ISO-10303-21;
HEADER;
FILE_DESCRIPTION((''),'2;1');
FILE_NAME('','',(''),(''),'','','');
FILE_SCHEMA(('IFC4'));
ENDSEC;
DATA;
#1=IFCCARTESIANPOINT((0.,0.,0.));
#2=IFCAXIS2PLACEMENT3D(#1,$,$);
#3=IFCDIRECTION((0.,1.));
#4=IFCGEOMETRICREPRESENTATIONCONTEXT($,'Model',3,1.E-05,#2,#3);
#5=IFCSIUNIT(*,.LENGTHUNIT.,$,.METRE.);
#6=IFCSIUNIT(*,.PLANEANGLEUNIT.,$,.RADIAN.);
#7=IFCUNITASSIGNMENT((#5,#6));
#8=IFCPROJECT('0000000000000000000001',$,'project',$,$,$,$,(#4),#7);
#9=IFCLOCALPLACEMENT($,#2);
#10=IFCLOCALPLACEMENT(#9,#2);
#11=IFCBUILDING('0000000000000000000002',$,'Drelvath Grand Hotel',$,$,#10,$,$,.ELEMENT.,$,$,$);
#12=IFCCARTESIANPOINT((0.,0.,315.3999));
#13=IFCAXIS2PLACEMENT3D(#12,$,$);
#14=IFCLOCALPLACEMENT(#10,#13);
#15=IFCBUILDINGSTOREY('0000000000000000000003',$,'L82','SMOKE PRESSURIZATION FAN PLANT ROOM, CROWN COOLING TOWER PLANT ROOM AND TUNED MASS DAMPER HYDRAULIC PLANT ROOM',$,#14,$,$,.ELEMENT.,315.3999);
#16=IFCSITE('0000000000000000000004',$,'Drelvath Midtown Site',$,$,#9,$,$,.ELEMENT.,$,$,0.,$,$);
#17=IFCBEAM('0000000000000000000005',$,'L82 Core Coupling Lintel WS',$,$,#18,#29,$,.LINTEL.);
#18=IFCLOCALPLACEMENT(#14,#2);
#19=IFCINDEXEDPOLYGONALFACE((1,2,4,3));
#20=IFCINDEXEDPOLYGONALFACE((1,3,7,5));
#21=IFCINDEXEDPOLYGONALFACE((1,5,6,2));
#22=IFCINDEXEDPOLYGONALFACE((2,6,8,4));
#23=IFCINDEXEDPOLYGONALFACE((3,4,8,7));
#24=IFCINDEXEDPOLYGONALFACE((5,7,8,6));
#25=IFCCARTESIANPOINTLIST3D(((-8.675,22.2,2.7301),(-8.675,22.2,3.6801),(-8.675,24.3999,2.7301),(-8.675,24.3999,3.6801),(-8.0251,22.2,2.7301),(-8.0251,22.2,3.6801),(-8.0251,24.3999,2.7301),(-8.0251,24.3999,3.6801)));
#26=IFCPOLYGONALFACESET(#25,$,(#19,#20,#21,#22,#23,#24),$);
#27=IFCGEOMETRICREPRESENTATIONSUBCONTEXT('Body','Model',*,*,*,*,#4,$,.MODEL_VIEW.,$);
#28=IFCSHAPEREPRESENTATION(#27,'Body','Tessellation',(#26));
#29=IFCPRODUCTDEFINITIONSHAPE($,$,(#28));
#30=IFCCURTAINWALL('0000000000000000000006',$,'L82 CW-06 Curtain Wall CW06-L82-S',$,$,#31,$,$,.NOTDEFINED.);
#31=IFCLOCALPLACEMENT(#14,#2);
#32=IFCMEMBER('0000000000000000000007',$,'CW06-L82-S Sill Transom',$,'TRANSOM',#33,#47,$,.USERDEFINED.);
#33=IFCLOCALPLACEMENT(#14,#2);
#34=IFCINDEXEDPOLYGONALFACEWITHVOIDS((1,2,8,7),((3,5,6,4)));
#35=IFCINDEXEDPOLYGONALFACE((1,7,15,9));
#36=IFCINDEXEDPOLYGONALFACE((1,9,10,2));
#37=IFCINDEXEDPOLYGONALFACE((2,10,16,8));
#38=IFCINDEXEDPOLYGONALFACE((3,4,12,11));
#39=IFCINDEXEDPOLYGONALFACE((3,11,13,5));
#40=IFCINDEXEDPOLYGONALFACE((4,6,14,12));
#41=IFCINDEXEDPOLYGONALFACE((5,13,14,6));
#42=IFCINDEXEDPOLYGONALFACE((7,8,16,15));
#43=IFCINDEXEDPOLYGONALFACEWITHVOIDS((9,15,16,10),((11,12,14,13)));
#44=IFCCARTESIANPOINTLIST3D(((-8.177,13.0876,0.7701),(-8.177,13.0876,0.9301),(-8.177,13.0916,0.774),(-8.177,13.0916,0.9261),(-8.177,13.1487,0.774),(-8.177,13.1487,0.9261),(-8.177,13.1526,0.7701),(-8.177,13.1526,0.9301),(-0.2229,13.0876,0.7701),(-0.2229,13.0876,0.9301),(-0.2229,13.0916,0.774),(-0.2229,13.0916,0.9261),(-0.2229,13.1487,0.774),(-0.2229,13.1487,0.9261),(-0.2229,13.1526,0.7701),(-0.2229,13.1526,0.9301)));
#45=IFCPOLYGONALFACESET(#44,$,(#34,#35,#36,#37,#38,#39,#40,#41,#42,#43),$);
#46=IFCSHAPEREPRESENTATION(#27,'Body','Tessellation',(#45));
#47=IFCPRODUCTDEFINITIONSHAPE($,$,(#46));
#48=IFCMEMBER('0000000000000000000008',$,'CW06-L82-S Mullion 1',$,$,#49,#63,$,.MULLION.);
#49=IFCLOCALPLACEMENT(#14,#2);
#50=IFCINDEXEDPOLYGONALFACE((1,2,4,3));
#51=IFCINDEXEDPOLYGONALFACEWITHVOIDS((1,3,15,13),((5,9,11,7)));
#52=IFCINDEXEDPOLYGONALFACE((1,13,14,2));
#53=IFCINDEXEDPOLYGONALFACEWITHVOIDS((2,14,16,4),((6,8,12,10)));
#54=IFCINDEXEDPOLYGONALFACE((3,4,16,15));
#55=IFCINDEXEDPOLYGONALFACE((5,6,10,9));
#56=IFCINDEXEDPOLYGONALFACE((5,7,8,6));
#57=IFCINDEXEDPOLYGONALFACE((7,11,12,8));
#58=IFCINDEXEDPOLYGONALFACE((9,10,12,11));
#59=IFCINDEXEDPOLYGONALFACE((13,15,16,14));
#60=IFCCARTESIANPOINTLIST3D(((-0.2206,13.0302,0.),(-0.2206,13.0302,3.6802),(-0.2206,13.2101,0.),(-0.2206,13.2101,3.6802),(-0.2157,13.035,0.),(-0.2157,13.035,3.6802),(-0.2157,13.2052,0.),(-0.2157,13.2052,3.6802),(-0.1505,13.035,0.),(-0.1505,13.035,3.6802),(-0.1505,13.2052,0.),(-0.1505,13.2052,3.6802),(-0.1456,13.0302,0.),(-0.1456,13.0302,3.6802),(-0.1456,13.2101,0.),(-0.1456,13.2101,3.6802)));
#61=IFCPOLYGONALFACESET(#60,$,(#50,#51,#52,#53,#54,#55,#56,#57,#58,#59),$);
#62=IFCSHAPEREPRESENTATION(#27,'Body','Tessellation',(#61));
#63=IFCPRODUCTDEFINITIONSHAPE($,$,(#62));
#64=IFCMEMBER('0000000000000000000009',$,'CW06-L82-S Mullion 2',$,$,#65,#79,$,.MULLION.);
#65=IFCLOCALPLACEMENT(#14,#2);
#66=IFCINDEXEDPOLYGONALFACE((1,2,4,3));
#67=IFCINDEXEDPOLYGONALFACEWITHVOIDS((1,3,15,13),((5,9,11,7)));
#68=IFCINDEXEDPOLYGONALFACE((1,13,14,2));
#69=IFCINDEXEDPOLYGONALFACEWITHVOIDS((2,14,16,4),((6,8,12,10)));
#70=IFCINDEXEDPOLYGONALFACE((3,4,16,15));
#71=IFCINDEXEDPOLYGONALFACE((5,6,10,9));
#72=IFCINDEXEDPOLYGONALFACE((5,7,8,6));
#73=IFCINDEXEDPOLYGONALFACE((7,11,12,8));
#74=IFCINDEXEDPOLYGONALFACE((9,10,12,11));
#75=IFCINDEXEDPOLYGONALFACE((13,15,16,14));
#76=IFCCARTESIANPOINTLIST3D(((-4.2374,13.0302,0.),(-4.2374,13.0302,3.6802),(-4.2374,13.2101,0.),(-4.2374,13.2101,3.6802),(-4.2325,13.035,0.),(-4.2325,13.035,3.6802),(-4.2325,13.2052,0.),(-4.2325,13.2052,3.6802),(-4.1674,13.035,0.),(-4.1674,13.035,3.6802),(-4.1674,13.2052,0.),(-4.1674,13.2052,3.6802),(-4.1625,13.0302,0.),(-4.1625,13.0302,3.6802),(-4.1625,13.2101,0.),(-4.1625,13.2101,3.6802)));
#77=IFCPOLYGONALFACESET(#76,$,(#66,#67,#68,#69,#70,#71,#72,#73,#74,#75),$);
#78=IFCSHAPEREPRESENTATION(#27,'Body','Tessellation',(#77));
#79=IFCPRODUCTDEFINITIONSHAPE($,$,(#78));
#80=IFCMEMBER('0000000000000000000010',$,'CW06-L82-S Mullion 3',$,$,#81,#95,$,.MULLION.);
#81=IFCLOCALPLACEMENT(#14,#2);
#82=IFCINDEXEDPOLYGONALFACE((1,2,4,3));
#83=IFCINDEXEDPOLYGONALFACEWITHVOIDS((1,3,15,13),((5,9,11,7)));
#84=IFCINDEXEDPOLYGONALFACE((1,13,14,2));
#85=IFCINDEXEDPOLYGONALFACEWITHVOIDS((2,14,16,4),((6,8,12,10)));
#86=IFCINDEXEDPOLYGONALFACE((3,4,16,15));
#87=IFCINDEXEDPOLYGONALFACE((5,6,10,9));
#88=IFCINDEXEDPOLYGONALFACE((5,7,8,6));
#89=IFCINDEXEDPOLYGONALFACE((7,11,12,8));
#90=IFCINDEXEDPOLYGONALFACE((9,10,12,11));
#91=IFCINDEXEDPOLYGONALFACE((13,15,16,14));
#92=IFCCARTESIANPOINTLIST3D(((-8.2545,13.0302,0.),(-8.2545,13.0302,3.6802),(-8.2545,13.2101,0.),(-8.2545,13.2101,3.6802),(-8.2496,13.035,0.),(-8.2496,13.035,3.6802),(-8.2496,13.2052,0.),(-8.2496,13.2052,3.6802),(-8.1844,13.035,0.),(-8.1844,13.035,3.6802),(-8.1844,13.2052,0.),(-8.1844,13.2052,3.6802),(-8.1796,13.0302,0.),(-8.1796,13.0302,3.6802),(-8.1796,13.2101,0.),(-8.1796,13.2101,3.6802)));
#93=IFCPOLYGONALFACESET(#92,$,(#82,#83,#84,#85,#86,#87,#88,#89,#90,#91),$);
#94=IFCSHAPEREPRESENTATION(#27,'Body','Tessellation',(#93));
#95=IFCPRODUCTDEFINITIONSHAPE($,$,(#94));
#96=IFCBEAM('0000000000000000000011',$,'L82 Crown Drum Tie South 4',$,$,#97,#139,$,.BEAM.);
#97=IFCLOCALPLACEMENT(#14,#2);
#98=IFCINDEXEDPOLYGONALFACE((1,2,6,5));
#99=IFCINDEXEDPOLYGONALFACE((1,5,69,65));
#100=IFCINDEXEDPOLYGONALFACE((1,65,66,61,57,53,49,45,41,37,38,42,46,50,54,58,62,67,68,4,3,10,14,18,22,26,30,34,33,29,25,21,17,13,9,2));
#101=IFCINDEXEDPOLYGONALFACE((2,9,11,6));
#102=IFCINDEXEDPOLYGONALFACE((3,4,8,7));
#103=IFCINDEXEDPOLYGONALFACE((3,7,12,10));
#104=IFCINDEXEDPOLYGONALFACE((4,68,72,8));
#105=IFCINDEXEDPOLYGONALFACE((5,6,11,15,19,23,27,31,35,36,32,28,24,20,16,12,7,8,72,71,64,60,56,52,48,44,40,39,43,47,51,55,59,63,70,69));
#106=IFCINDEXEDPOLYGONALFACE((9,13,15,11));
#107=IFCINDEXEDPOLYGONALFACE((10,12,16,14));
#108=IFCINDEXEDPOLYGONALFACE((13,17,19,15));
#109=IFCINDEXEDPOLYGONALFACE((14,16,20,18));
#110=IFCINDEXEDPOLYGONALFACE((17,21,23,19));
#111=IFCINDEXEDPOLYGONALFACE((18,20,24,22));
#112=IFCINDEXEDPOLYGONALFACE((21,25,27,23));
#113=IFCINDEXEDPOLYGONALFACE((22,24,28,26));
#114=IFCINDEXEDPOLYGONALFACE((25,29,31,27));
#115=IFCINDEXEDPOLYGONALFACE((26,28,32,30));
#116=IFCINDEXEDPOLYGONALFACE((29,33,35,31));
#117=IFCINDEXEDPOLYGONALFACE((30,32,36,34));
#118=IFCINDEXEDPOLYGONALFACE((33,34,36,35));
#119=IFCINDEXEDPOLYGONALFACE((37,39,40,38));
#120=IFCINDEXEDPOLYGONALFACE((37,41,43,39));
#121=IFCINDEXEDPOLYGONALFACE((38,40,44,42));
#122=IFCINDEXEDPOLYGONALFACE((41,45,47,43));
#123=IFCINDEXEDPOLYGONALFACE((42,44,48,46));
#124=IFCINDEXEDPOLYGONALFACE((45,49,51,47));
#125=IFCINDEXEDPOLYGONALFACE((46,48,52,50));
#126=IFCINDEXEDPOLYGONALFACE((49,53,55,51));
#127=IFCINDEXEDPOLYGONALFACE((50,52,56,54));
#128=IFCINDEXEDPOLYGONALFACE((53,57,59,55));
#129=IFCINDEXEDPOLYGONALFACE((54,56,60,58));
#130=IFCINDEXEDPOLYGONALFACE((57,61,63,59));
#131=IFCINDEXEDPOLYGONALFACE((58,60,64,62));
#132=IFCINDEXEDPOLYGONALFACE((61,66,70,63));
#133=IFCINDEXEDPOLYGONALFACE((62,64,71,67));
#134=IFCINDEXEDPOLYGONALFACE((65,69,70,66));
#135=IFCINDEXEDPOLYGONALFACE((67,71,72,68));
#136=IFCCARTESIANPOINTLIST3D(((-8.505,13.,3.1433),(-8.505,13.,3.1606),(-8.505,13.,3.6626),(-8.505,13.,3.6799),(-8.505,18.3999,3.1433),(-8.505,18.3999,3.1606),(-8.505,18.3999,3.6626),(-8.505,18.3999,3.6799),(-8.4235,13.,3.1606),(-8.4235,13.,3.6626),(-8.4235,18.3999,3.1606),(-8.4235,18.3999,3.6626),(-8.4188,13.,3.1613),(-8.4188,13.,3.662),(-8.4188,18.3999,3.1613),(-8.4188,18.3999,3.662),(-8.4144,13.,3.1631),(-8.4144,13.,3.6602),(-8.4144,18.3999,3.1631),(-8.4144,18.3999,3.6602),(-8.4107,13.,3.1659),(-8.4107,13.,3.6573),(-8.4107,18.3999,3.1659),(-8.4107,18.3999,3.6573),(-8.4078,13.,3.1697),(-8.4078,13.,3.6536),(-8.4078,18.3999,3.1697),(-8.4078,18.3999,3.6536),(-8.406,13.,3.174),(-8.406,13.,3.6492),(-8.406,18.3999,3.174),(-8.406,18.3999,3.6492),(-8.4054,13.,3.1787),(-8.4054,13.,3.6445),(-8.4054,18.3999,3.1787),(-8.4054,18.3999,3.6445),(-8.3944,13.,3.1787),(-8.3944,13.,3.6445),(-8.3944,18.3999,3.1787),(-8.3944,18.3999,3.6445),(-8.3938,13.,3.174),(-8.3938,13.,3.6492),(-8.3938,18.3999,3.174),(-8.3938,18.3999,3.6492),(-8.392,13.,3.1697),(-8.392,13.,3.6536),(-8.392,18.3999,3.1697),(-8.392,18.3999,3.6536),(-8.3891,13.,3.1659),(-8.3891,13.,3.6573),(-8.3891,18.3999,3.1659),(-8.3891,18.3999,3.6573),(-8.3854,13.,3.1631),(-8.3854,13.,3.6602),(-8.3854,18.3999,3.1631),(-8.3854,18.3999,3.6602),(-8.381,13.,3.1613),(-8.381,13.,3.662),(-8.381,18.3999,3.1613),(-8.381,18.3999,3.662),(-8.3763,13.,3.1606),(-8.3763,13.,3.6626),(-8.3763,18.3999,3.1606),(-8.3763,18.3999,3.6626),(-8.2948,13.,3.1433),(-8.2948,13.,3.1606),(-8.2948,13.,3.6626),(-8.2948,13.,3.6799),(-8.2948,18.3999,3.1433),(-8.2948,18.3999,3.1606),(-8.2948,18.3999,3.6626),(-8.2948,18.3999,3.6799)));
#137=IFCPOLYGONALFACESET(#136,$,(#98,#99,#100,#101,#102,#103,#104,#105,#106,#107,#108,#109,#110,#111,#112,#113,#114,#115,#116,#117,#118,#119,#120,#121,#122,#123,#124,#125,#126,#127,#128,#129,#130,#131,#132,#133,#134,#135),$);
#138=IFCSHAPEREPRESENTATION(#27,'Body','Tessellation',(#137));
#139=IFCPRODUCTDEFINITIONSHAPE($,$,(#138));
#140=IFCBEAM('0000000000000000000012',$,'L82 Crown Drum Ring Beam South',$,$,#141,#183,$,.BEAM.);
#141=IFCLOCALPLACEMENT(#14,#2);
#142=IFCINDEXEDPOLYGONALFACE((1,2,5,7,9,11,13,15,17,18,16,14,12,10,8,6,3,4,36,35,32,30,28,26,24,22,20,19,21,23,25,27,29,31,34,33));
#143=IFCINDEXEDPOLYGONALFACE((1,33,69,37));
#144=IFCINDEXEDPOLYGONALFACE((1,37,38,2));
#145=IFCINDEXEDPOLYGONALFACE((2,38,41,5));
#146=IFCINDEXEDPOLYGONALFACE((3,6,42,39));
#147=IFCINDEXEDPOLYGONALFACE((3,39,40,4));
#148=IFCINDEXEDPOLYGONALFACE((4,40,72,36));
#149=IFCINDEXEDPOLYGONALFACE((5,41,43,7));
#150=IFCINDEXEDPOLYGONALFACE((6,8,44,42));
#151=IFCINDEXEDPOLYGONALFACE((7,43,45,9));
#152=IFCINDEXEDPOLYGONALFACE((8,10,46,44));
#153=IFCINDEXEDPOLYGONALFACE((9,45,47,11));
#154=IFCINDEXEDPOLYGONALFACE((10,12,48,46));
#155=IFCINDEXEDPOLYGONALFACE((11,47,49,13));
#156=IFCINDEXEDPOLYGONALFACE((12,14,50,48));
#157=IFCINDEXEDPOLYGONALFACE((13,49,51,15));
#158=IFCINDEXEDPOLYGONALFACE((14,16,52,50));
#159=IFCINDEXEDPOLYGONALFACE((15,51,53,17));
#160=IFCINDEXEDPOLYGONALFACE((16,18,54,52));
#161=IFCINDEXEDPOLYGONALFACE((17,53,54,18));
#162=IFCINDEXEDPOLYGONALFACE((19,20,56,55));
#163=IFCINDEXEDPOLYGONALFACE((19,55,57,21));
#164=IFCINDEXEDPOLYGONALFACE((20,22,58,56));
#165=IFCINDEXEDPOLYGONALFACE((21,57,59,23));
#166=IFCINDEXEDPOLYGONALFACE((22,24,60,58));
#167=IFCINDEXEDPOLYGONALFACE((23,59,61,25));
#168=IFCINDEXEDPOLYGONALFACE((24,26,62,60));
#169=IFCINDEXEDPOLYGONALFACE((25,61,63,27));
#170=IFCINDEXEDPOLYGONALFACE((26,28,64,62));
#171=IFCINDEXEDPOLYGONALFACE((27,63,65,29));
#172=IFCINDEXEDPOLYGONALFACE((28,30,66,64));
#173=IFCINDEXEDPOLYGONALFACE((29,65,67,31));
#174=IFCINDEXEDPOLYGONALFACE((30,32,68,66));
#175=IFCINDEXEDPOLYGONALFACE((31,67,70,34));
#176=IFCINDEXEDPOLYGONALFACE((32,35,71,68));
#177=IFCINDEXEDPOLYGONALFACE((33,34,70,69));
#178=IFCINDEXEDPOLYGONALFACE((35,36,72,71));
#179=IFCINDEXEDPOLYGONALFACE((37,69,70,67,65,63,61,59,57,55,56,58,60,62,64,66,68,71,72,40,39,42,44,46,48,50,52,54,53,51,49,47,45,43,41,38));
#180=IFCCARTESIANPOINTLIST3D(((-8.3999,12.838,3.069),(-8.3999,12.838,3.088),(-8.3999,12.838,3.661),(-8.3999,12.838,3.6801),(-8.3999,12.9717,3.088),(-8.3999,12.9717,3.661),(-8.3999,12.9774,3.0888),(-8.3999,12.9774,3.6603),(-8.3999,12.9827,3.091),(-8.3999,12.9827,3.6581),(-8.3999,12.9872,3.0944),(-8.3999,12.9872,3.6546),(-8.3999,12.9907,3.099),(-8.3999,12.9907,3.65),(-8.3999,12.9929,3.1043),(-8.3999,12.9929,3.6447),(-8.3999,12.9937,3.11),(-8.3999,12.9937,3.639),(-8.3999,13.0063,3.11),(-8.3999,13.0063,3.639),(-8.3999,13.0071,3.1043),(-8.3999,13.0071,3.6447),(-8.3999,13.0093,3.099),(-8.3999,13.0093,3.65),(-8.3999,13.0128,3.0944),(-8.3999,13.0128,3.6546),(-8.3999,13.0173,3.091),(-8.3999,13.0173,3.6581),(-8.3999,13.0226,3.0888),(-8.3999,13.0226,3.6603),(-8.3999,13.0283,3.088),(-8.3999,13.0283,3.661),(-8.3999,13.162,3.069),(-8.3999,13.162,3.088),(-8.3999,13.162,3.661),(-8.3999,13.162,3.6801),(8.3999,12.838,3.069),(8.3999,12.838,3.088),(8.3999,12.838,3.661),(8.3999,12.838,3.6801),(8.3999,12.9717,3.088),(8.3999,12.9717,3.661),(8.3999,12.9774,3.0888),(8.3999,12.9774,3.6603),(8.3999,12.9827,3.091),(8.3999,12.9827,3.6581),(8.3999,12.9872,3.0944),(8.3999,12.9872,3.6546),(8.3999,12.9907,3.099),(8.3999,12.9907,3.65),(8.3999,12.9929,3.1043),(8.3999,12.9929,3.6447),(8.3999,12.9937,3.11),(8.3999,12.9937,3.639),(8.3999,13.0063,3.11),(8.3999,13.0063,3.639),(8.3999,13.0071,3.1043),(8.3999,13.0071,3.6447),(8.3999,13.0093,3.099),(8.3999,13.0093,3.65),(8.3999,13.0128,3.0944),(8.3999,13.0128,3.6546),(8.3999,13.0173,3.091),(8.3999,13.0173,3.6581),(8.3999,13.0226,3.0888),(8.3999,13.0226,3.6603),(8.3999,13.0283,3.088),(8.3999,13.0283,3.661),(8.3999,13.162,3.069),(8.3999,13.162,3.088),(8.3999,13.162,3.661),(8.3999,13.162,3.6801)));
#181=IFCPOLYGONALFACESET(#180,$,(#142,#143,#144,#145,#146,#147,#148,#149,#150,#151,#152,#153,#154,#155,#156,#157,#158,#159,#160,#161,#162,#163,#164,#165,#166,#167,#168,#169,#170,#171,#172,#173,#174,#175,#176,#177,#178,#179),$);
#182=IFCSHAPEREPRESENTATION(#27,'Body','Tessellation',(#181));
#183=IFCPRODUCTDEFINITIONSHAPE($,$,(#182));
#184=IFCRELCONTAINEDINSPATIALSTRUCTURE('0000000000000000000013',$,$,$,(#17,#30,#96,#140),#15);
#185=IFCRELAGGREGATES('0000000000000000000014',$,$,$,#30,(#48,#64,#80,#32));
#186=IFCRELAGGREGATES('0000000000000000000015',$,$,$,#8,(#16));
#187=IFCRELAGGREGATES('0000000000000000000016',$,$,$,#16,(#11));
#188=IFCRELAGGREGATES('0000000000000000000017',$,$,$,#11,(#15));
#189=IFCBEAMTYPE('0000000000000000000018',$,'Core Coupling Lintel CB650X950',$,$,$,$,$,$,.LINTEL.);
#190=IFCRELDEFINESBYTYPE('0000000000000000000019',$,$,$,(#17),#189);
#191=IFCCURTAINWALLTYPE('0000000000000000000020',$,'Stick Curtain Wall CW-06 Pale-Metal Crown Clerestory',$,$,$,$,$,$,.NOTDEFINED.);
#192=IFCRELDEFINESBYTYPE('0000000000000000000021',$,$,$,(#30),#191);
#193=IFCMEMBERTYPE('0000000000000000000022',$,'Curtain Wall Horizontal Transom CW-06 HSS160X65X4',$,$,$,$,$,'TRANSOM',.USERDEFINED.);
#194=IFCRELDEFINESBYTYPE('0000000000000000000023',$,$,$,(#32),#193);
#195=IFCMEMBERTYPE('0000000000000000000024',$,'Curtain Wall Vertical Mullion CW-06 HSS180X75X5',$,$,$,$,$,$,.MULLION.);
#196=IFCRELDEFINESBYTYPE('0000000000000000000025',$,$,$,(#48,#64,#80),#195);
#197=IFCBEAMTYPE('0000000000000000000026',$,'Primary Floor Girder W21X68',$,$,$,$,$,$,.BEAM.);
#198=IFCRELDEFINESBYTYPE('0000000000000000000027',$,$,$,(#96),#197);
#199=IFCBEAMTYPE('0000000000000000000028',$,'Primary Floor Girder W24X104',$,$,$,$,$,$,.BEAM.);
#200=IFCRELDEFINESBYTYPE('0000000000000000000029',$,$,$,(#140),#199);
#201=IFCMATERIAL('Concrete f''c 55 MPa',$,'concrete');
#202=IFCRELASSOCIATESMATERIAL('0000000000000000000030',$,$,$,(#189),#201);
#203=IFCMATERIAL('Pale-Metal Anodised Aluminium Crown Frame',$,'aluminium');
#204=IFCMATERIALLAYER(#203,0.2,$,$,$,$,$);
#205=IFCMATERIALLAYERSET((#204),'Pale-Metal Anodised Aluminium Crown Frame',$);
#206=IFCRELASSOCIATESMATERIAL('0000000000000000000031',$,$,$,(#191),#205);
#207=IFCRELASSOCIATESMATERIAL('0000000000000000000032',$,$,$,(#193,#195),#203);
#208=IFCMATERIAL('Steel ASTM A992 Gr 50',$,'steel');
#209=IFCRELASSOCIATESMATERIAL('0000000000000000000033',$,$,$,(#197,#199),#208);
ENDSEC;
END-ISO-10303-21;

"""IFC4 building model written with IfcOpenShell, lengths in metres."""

from ifc_helpers import new_model, si_unit, direction, frame, origin, origin_2d, place, context, subcontext, project, spatial, rectangle, hollow_rectangle, i_section, extrude, material, layer, layer_set, material_profile, profile_set, type_object, element, aggregate, save


model = new_model("IFC4")

# Units and contexts
model_context = context("Model", 3, precision=1e-05, world=origin(), true_north=direction((0.0, 1.0)))
body_context = subcontext(model_context, "Body", "Model", "MODEL_VIEW")
ifc_project = project(units=[si_unit("LENGTHUNIT", "METRE"), si_unit("PLANEANGLEUNIT", "RADIAN")], contexts=[model_context])

# Site, building, storey
site_placement = place(None, origin())
site = spatial("IfcSite", under=ifc_project, at=site_placement, Name="Drelvath Midtown Site", CompositionType="ELEMENT", RefElevation=0.0)
building_placement = place(site_placement, origin())
building = spatial("IfcBuilding", under=site, at=building_placement, Name="Drelvath Grand Hotel", CompositionType="ELEMENT")
storey_placement = place(building_placement, frame((0.0, 0.0, 315.3999)))
storey = spatial("IfcBuildingStorey", under=building, at=storey_placement, Name="L82", Description="SMOKE PRESSURIZATION FAN PLANT ROOM, CROWN COOLING TOWER PLANT ROOM AND TUNED MASS DAMPER HYDRAULIC PLANT ROOM", CompositionType="ELEMENT", Elevation=315.3999)

# Beam
ifc_material_1 = material(Name="Concrete f'c 55 MPa", Category="concrete")
ifc_material_profile_1 = material_profile(ifc_material_1, rectangle(XDim=0.6499, YDim=0.95, at=origin_2d()), Name="CB650X950")
ifc_profile_set_1 = profile_set([ifc_material_profile_1], Name="Concrete f'c 55 MPa")
beam_type_1 = type_object("IfcBeamType", Name="Core Coupling Lintel CB650X950", PredefinedType="LINTEL", material=ifc_profile_set_1)
beam_1_placement = place(storey_placement, frame((-8.3501, 22.2, 3.2051), z_axis=(0.0, 1.0, 0.0), x_axis=(-1.0, 0.0, 0.0)))
element("IfcBeam", 1, at=beam_1_placement, inside=storey, type_object=beam_type_1, Name="L82 Core Coupling Lintel WS", PredefinedType="LINTEL", context=body_context, shape_type="SweptSolid", body=[
    extrude(rectangle(XDim=0.6499, YDim=0.95, at=origin_2d()), origin(), (0.0, 0.0, 1.0), 2.2),
])

# Curtain wall, members
ifc_material_2 = material(Name="Pale-Metal Anodised Aluminium Crown Frame", Category="aluminium")
ifc_layer_1 = layer(ifc_material_2, 0.2)
ifc_layer_set_1 = layer_set([ifc_layer_1], Name="Pale-Metal Anodised Aluminium Crown Frame")
curtain_wall_type = type_object("IfcCurtainWallType", Name="Stick Curtain Wall CW-06 Pale-Metal Crown Clerestory", PredefinedType="NOTDEFINED", material=ifc_layer_set_1)
curtain_wall_placement = place(storey_placement, origin())
curtain_wall = element("IfcCurtainWall", 2, at=curtain_wall_placement, inside=storey, type_object=curtain_wall_type, Name="L82 CW-06 Curtain Wall CW06-L82-S", PredefinedType="NOTDEFINED")
ifc_material_profile_2 = material_profile(ifc_material_2, hollow_rectangle(XDim=0.0649, YDim=0.1599, WallThickness=0.0039, at=origin_2d()), Name="HSS160X65X4")
ifc_profile_set_2 = profile_set([ifc_material_profile_2], Name="Pale-Metal Anodised Aluminium Crown Frame")
member_type_1 = type_object("IfcMemberType", Name="Curtain Wall Horizontal Transom CW-06 HSS160X65X4", ElementType="TRANSOM", PredefinedType="USERDEFINED", material=ifc_profile_set_2)
member_1_placement = place(storey_placement, frame((-0.2229, 13.1201, 0.8501), z_axis=(-1.0, 0.0, 0.0), x_axis=(0.0, -1.0, 0.0)))
member_1 = element("IfcMember", 3, at=member_1_placement, type_object=member_type_1, Name="CW06-L82-S Sill Transom", ObjectType="TRANSOM", PredefinedType="USERDEFINED", context=body_context, shape_type="SweptSolid", body=[
    extrude(hollow_rectangle(XDim=0.0649, YDim=0.1599, WallThickness=0.0039, at=origin_2d()), origin(), (0.0, 0.0, 1.0), 7.9541),
])
ifc_material_profile_3 = material_profile(ifc_material_2, hollow_rectangle(XDim=0.075, YDim=0.1799, WallThickness=0.0049, at=origin_2d()), Name="HSS180X75X5")
ifc_profile_set_3 = profile_set([ifc_material_profile_3], Name="Pale-Metal Anodised Aluminium Crown Frame")
member_type_2 = type_object("IfcMemberType", Name="Curtain Wall Vertical Mullion CW-06 HSS180X75X5", PredefinedType="MULLION", material=ifc_profile_set_3)
member_2_placement = place(storey_placement, frame((-0.1831, 13.1201, 0.0), z_axis=(0.0, 0.0, 1.0), x_axis=(1.0, 0.0, 0.0)))
member_2 = element("IfcMember", 4, at=member_2_placement, type_object=member_type_2, Name="CW06-L82-S Mullion 1", PredefinedType="MULLION", context=body_context, shape_type="SweptSolid", body=[
    extrude(hollow_rectangle(XDim=0.075, YDim=0.1799, WallThickness=0.0049, at=origin_2d()), origin(), (0.0, 0.0, 1.0), 3.6802),
])
member_3_placement = place(storey_placement, frame((-4.2, 13.1201, 0.0), z_axis=(0.0, 0.0, 1.0), x_axis=(1.0, 0.0, 0.0)))
member_3 = element("IfcMember", 5, at=member_3_placement, type_object=member_type_2, Name="CW06-L82-S Mullion 2", PredefinedType="MULLION", context=body_context, shape_type="SweptSolid", body=[
    extrude(hollow_rectangle(XDim=0.075, YDim=0.1799, WallThickness=0.0049, at=origin_2d()), origin(), (0.0, 0.0, 1.0), 3.6802),
])
member_4_placement = place(storey_placement, frame((-8.217, 13.1201, 0.0), z_axis=(0.0, 0.0, 1.0), x_axis=(1.0, 0.0, 0.0)))
member_4 = element("IfcMember", 6, at=member_4_placement, type_object=member_type_2, Name="CW06-L82-S Mullion 3", PredefinedType="MULLION", context=body_context, shape_type="SweptSolid", body=[
    extrude(hollow_rectangle(XDim=0.075, YDim=0.1799, WallThickness=0.0049, at=origin_2d()), origin(), (0.0, 0.0, 1.0), 3.6802),
])

# Beams
ifc_material_3 = material(Name="Steel ASTM A992 Gr 50", Category="steel")
ifc_material_profile_4 = material_profile(ifc_material_3, i_section(OverallWidth=0.2102, OverallDepth=0.5366, WebThickness=0.011, FlangeThickness=0.0173, FilletRadius=0.0181, at=origin_2d()), Name="W21X68")
ifc_profile_set_4 = profile_set([ifc_material_profile_4], Name="Steel ASTM A992 Gr 50")
beam_type_2 = type_object("IfcBeamType", Name="Primary Floor Girder W21X68", PredefinedType="BEAM", material=ifc_profile_set_4)
beam_2_placement = place(storey_placement, frame((-8.3999, 13.0, 3.4116), z_axis=(0.0, 1.0, 0.0), x_axis=(-1.0, 0.0, 0.0)))
element("IfcBeam", 7, at=beam_2_placement, inside=storey, type_object=beam_type_2, Name="L82 Crown Drum Tie South 4", PredefinedType="BEAM", context=body_context, shape_type="SweptSolid", body=[
    extrude(i_section(OverallWidth=0.2102, OverallDepth=0.5366, WebThickness=0.011, FlangeThickness=0.0173, FilletRadius=0.0181, at=origin_2d()), origin(), (0.0, 0.0, 1.0), 5.3999),
])
ifc_material_profile_5 = material_profile(ifc_material_3, i_section(OverallWidth=0.324, OverallDepth=0.6111, WebThickness=0.0127, FlangeThickness=0.019, FilletRadius=0.022, at=origin_2d()), Name="W24X104")
ifc_profile_set_5 = profile_set([ifc_material_profile_5], Name="Steel ASTM A992 Gr 50")
beam_type_3 = type_object("IfcBeamType", Name="Primary Floor Girder W24X104", PredefinedType="BEAM", material=ifc_profile_set_5)
beam_3_placement = place(storey_placement, frame((-8.3999, 13.0, 3.3745), z_axis=(1.0, 0.0, 0.0), x_axis=(0.0, 1.0, 0.0)))
element("IfcBeam", 8, at=beam_3_placement, inside=storey, type_object=beam_type_3, Name="L82 Crown Drum Ring Beam South", PredefinedType="BEAM", context=body_context, shape_type="SweptSolid", body=[
    extrude(i_section(OverallWidth=0.324, OverallDepth=0.6111, WebThickness=0.0127, FlangeThickness=0.019, FilletRadius=0.022, at=origin_2d()), origin(), (0.0, 0.0, 1.0), 16.7998),
])

aggregate(curtain_wall, [member_2, member_3, member_4, member_1])

save(model, "model.ifc")
